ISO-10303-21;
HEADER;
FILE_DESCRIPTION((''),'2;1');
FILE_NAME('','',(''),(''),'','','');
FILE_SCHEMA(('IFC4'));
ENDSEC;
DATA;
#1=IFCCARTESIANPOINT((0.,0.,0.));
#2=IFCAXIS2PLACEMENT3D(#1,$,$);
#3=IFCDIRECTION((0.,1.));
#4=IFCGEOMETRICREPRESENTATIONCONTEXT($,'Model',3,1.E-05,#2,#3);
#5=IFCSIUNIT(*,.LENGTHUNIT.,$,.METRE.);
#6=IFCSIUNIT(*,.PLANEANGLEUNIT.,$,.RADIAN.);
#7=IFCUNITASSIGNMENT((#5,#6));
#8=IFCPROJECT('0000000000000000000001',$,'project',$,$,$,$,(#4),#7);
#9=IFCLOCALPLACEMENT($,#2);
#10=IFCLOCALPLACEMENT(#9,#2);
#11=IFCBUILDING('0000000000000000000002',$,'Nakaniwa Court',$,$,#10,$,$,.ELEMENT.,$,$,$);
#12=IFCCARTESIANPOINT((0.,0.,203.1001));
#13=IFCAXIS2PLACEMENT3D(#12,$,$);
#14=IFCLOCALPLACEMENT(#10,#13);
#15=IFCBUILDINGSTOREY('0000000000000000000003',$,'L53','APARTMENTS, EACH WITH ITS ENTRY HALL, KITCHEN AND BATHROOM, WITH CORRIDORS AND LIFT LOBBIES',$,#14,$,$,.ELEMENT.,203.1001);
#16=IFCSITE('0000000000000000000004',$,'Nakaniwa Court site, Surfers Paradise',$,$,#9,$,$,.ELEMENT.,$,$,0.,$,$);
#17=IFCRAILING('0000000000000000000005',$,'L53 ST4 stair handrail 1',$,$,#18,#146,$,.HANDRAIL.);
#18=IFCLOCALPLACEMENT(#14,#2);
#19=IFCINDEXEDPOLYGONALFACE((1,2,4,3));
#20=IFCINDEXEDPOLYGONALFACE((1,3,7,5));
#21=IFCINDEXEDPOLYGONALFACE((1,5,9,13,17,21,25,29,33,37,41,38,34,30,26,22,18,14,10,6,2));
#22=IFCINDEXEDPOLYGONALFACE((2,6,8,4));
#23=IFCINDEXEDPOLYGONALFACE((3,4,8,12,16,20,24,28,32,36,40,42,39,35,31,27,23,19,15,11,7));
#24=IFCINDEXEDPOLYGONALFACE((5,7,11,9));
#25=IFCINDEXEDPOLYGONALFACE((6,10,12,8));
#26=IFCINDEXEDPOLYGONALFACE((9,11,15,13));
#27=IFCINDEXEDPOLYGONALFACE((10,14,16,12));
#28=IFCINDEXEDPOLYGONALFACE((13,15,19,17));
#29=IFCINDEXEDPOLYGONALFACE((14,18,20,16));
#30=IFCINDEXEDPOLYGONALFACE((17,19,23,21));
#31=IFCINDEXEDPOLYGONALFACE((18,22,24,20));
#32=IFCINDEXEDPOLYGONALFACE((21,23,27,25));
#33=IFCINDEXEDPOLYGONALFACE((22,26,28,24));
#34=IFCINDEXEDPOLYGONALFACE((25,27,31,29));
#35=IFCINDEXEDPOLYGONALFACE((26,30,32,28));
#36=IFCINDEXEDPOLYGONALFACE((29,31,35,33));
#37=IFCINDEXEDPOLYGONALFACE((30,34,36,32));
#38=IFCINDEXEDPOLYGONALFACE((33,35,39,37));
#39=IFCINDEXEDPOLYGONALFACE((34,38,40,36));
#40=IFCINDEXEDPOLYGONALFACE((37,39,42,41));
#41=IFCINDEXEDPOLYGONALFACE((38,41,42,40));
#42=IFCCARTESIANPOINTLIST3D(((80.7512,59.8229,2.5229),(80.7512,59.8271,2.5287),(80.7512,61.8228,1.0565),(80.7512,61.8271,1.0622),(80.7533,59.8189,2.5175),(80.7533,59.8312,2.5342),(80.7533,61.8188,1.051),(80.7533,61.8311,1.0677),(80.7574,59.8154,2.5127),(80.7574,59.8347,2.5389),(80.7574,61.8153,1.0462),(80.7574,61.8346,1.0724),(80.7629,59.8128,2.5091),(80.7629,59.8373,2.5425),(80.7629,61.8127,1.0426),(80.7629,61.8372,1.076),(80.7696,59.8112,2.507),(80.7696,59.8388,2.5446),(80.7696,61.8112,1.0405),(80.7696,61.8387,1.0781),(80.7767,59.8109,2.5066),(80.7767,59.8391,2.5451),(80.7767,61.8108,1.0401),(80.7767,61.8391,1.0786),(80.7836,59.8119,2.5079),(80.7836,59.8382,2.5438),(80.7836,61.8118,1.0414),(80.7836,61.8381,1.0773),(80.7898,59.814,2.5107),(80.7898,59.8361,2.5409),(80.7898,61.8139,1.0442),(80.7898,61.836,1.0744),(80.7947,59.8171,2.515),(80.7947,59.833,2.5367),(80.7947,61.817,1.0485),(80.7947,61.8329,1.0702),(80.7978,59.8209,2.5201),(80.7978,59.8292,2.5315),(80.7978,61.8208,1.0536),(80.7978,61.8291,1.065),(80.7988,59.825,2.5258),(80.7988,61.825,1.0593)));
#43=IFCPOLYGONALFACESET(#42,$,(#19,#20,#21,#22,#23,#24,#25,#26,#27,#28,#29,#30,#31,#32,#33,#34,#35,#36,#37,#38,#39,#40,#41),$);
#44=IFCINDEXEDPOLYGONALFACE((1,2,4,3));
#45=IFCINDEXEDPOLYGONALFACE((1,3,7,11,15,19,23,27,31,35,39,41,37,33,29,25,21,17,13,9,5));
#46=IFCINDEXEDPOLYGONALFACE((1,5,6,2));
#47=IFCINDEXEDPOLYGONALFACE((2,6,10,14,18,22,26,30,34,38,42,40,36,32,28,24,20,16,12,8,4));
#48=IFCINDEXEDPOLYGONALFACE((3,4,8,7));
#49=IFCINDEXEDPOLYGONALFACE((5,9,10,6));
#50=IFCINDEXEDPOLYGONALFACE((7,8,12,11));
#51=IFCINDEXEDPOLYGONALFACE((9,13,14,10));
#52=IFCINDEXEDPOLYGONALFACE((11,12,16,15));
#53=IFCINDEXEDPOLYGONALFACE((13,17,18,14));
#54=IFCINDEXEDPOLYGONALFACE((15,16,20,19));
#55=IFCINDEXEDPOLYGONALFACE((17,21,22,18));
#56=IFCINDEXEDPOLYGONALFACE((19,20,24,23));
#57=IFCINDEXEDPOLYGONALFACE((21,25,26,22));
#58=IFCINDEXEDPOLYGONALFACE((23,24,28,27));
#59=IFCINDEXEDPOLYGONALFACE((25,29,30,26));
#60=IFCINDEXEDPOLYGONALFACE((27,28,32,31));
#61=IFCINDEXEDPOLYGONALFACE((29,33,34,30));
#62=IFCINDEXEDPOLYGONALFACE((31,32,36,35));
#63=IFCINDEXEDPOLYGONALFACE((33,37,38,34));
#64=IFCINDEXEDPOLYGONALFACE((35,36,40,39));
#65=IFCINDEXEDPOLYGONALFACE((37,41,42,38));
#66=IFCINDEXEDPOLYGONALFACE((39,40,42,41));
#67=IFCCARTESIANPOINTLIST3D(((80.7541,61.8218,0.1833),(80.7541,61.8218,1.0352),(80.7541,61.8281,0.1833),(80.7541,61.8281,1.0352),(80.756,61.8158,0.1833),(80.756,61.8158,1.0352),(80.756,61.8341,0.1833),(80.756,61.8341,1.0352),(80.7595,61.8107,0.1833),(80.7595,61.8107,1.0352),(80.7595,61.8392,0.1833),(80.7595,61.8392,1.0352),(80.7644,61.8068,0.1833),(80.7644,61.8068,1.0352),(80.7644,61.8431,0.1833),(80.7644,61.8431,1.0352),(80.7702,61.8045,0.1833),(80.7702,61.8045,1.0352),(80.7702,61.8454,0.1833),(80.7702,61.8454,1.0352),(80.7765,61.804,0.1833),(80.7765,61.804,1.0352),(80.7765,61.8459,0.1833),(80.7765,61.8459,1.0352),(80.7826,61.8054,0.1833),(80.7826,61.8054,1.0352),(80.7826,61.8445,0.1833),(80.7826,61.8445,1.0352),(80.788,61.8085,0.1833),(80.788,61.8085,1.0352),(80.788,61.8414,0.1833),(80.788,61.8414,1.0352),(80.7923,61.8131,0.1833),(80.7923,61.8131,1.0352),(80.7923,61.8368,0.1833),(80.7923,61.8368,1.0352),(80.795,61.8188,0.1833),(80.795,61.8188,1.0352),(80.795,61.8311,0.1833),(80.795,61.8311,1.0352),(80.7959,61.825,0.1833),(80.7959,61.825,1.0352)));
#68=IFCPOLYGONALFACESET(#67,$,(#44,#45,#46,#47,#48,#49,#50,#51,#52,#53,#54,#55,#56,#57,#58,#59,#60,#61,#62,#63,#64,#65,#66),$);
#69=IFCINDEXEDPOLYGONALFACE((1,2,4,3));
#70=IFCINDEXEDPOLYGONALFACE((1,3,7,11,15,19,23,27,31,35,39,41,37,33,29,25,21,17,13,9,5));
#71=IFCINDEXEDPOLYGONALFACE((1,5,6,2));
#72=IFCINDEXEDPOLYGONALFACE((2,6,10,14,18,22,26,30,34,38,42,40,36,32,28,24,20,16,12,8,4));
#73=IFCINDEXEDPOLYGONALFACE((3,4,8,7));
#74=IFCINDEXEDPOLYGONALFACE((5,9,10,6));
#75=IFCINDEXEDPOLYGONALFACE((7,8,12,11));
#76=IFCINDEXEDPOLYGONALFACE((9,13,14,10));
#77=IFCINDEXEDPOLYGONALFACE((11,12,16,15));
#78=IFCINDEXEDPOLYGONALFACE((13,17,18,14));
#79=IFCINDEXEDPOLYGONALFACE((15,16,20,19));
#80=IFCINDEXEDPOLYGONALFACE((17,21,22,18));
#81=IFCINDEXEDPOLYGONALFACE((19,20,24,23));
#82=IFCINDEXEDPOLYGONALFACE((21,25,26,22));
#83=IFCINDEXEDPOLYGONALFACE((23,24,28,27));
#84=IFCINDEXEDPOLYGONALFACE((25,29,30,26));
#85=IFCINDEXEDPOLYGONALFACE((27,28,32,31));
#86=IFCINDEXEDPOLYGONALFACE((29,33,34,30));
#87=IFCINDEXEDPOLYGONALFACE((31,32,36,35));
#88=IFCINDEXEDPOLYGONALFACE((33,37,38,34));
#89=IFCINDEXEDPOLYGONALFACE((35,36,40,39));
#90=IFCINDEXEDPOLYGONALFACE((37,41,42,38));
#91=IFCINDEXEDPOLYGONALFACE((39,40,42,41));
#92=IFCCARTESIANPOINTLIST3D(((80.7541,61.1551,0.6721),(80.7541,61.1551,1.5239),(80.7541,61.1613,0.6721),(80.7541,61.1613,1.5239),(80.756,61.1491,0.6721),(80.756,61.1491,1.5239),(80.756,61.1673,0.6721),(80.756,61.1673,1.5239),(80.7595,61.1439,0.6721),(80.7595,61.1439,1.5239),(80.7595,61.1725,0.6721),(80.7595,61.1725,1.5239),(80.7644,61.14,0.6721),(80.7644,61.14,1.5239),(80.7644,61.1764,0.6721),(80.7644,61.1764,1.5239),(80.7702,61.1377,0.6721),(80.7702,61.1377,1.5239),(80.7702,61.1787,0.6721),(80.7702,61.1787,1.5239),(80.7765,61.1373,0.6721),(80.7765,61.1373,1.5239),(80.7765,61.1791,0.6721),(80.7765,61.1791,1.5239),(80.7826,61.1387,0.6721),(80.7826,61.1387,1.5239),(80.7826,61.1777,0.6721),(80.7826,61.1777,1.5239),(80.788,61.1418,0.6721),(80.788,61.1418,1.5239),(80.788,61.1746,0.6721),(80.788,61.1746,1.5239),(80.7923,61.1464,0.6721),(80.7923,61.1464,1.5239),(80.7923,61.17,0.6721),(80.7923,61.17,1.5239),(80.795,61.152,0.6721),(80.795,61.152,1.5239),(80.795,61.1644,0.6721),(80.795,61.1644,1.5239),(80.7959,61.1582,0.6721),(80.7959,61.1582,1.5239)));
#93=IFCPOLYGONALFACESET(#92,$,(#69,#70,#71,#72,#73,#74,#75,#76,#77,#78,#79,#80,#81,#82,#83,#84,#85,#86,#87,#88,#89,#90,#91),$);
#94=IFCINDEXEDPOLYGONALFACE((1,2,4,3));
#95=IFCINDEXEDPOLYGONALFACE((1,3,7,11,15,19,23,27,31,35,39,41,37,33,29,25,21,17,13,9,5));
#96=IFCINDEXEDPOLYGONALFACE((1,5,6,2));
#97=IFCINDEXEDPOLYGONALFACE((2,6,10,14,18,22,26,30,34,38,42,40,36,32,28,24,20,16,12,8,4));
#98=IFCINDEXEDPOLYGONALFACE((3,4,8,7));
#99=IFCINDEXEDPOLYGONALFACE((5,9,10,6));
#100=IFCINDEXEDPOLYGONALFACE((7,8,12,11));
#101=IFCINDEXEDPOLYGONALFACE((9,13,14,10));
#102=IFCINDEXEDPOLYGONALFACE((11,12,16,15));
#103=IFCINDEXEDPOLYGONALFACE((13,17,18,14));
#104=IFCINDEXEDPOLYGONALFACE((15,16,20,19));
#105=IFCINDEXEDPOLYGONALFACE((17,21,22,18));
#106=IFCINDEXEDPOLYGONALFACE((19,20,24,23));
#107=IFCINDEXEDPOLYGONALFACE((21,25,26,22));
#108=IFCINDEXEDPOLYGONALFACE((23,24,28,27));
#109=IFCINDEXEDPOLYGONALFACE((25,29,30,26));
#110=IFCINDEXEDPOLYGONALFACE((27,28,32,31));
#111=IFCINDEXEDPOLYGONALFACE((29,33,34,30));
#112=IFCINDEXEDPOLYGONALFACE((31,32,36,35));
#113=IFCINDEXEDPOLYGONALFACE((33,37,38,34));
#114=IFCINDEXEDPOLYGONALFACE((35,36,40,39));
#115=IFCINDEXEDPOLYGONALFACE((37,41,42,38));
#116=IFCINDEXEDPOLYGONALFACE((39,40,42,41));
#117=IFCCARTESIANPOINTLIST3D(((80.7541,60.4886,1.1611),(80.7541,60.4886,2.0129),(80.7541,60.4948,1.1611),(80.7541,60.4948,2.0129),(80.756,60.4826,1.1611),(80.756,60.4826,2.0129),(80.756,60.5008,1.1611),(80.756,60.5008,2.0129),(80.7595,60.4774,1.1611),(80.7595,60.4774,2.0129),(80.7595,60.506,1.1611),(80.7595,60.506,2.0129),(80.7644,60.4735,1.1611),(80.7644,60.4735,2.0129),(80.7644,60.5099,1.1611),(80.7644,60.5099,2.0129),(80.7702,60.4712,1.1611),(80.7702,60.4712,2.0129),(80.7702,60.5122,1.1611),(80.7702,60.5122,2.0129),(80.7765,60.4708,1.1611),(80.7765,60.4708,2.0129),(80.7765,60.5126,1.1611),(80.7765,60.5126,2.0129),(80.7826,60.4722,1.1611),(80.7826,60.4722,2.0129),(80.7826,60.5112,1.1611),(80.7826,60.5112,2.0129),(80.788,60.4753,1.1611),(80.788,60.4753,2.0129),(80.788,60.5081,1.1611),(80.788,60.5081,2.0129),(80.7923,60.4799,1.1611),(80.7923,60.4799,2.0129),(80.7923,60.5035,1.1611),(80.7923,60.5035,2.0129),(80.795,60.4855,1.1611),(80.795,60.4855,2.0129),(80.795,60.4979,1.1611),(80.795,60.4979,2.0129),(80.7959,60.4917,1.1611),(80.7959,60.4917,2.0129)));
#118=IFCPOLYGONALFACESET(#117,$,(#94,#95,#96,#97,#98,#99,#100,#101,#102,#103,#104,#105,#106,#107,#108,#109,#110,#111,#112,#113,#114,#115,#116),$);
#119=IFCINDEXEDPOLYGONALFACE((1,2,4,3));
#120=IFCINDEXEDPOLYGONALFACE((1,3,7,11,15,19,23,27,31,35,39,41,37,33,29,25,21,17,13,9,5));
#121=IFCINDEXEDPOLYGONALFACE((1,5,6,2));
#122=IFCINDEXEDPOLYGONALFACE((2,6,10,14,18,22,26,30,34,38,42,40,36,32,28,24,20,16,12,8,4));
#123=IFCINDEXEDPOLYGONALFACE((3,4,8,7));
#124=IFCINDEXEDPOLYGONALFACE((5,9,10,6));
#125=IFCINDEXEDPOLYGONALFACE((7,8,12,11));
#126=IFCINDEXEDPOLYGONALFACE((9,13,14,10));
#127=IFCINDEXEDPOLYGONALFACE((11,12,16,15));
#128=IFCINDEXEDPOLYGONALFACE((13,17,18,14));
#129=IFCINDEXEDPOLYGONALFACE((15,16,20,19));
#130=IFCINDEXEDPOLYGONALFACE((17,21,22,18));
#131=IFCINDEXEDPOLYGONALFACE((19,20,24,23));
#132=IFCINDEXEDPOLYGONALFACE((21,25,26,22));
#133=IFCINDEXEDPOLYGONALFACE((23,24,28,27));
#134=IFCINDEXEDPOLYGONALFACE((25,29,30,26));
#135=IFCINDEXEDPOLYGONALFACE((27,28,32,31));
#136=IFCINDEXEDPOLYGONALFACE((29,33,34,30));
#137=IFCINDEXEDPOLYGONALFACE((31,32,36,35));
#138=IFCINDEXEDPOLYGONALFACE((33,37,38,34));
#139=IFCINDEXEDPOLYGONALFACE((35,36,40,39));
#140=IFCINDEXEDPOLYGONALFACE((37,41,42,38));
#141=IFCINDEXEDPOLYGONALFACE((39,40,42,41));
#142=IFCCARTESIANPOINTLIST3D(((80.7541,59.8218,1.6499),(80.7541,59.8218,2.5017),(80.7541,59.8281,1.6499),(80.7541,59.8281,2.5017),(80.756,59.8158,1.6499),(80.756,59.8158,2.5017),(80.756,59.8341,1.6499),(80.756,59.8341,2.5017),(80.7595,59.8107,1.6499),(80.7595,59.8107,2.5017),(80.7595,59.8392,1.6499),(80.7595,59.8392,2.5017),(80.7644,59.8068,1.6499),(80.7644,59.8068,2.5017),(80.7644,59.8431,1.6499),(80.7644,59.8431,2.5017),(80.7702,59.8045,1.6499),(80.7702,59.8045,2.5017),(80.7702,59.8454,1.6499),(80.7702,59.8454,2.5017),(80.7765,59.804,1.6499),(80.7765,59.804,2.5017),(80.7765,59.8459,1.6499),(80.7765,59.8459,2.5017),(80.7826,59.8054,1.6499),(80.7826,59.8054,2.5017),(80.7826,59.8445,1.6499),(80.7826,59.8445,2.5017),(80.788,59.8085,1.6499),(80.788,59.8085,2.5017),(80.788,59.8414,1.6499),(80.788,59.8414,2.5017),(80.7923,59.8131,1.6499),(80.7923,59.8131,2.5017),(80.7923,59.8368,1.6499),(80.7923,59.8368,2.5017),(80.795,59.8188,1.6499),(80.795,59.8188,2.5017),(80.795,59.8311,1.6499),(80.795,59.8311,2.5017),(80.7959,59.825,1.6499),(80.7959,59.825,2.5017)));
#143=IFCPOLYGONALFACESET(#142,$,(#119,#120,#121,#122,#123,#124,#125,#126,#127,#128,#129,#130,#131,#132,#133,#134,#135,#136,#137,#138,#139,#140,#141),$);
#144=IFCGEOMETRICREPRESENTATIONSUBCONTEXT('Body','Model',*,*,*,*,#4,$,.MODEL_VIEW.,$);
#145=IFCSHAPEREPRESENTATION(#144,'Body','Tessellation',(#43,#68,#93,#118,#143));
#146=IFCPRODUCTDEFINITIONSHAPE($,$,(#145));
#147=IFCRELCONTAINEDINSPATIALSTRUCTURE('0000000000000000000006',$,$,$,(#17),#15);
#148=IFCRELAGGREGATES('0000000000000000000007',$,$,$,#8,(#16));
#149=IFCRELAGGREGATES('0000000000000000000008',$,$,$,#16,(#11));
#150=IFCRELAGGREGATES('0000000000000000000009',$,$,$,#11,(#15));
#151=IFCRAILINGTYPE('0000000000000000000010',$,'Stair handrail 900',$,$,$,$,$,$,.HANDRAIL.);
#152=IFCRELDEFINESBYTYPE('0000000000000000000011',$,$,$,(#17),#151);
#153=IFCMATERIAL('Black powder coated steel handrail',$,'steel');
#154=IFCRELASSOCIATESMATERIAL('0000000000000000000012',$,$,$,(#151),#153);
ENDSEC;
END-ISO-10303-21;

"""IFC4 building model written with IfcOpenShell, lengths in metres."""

from ifc_helpers import new_model, si_unit, direction, frame, origin, origin_2d, place, context, subcontext, project, spatial, circle, extrude, material, type_object, element, save


model = new_model("IFC4")

# Units and contexts
model_context = context("Model", 3, precision=1e-05, world=origin(), true_north=direction((0.0, 1.0)))
body_context = subcontext(model_context, "Body", "Model", "MODEL_VIEW")
ifc_project = project(units=[si_unit("LENGTHUNIT", "METRE"), si_unit("PLANEANGLEUNIT", "RADIAN")], contexts=[model_context])

# Site, building, storey
site_placement = place(None, origin())
site = spatial("IfcSite", under=ifc_project, at=site_placement, Name="Nakaniwa Court site, Surfers Paradise", CompositionType="ELEMENT", RefElevation=0.0)
building_placement = place(site_placement, origin())
building = spatial("IfcBuilding", under=site, at=building_placement, Name="Nakaniwa Court", CompositionType="ELEMENT")
storey_placement = place(building_placement, frame((0.0, 0.0, 203.1001)))
storey = spatial("IfcBuildingStorey", under=building, at=storey_placement, Name="L53", Description="APARTMENTS, EACH WITH ITS ENTRY HALL, KITCHEN AND BATHROOM, WITH CORRIDORS AND LIFT LOBBIES", CompositionType="ELEMENT", Elevation=203.1001)

# Railing
ifc_material_1 = material(Name="Black powder coated steel handrail", Category="steel")
railing_type_1 = type_object("IfcRailingType", Name="Stair handrail 900", PredefinedType="HANDRAIL", material=ifc_material_1)
railing_1_placement = place(storey_placement, frame((80.7749, 61.825, 0.1833)))
element("IfcRailing", 1, at=railing_1_placement, inside=storey, type_object=railing_type_1, Name="L53 ST4 stair handrail 1", PredefinedType="HANDRAIL", context=body_context, shape_type="SweptSolid", body=[
    extrude(circle(Radius=0.0239, at=origin_2d()), frame((0.0, 0.0, 0.876), z_axis=(0.0, -0.806427, 0.591334), x_axis=(1.0, 0.0, 0.0)), (0.0, 0.0, 1.0), 2.48),
    extrude(circle(Radius=0.021, at=origin_2d()), origin(), (0.0, 0.0, 1.0), 0.8518),
    extrude(circle(Radius=0.021, at=origin_2d()), frame((0.0, -0.6667, 0.4888)), (0.0, 0.0, 1.0), 0.8518),
    extrude(circle(Radius=0.021, at=origin_2d()), frame((0.0, -1.3333, 0.9778)), (0.0, 0.0, 1.0), 0.8518),
    extrude(circle(Radius=0.021, at=origin_2d()), frame((0.0, -2.0, 1.4666)), (0.0, 0.0, 1.0), 0.8518),
])

save(model, "model.ifc")
